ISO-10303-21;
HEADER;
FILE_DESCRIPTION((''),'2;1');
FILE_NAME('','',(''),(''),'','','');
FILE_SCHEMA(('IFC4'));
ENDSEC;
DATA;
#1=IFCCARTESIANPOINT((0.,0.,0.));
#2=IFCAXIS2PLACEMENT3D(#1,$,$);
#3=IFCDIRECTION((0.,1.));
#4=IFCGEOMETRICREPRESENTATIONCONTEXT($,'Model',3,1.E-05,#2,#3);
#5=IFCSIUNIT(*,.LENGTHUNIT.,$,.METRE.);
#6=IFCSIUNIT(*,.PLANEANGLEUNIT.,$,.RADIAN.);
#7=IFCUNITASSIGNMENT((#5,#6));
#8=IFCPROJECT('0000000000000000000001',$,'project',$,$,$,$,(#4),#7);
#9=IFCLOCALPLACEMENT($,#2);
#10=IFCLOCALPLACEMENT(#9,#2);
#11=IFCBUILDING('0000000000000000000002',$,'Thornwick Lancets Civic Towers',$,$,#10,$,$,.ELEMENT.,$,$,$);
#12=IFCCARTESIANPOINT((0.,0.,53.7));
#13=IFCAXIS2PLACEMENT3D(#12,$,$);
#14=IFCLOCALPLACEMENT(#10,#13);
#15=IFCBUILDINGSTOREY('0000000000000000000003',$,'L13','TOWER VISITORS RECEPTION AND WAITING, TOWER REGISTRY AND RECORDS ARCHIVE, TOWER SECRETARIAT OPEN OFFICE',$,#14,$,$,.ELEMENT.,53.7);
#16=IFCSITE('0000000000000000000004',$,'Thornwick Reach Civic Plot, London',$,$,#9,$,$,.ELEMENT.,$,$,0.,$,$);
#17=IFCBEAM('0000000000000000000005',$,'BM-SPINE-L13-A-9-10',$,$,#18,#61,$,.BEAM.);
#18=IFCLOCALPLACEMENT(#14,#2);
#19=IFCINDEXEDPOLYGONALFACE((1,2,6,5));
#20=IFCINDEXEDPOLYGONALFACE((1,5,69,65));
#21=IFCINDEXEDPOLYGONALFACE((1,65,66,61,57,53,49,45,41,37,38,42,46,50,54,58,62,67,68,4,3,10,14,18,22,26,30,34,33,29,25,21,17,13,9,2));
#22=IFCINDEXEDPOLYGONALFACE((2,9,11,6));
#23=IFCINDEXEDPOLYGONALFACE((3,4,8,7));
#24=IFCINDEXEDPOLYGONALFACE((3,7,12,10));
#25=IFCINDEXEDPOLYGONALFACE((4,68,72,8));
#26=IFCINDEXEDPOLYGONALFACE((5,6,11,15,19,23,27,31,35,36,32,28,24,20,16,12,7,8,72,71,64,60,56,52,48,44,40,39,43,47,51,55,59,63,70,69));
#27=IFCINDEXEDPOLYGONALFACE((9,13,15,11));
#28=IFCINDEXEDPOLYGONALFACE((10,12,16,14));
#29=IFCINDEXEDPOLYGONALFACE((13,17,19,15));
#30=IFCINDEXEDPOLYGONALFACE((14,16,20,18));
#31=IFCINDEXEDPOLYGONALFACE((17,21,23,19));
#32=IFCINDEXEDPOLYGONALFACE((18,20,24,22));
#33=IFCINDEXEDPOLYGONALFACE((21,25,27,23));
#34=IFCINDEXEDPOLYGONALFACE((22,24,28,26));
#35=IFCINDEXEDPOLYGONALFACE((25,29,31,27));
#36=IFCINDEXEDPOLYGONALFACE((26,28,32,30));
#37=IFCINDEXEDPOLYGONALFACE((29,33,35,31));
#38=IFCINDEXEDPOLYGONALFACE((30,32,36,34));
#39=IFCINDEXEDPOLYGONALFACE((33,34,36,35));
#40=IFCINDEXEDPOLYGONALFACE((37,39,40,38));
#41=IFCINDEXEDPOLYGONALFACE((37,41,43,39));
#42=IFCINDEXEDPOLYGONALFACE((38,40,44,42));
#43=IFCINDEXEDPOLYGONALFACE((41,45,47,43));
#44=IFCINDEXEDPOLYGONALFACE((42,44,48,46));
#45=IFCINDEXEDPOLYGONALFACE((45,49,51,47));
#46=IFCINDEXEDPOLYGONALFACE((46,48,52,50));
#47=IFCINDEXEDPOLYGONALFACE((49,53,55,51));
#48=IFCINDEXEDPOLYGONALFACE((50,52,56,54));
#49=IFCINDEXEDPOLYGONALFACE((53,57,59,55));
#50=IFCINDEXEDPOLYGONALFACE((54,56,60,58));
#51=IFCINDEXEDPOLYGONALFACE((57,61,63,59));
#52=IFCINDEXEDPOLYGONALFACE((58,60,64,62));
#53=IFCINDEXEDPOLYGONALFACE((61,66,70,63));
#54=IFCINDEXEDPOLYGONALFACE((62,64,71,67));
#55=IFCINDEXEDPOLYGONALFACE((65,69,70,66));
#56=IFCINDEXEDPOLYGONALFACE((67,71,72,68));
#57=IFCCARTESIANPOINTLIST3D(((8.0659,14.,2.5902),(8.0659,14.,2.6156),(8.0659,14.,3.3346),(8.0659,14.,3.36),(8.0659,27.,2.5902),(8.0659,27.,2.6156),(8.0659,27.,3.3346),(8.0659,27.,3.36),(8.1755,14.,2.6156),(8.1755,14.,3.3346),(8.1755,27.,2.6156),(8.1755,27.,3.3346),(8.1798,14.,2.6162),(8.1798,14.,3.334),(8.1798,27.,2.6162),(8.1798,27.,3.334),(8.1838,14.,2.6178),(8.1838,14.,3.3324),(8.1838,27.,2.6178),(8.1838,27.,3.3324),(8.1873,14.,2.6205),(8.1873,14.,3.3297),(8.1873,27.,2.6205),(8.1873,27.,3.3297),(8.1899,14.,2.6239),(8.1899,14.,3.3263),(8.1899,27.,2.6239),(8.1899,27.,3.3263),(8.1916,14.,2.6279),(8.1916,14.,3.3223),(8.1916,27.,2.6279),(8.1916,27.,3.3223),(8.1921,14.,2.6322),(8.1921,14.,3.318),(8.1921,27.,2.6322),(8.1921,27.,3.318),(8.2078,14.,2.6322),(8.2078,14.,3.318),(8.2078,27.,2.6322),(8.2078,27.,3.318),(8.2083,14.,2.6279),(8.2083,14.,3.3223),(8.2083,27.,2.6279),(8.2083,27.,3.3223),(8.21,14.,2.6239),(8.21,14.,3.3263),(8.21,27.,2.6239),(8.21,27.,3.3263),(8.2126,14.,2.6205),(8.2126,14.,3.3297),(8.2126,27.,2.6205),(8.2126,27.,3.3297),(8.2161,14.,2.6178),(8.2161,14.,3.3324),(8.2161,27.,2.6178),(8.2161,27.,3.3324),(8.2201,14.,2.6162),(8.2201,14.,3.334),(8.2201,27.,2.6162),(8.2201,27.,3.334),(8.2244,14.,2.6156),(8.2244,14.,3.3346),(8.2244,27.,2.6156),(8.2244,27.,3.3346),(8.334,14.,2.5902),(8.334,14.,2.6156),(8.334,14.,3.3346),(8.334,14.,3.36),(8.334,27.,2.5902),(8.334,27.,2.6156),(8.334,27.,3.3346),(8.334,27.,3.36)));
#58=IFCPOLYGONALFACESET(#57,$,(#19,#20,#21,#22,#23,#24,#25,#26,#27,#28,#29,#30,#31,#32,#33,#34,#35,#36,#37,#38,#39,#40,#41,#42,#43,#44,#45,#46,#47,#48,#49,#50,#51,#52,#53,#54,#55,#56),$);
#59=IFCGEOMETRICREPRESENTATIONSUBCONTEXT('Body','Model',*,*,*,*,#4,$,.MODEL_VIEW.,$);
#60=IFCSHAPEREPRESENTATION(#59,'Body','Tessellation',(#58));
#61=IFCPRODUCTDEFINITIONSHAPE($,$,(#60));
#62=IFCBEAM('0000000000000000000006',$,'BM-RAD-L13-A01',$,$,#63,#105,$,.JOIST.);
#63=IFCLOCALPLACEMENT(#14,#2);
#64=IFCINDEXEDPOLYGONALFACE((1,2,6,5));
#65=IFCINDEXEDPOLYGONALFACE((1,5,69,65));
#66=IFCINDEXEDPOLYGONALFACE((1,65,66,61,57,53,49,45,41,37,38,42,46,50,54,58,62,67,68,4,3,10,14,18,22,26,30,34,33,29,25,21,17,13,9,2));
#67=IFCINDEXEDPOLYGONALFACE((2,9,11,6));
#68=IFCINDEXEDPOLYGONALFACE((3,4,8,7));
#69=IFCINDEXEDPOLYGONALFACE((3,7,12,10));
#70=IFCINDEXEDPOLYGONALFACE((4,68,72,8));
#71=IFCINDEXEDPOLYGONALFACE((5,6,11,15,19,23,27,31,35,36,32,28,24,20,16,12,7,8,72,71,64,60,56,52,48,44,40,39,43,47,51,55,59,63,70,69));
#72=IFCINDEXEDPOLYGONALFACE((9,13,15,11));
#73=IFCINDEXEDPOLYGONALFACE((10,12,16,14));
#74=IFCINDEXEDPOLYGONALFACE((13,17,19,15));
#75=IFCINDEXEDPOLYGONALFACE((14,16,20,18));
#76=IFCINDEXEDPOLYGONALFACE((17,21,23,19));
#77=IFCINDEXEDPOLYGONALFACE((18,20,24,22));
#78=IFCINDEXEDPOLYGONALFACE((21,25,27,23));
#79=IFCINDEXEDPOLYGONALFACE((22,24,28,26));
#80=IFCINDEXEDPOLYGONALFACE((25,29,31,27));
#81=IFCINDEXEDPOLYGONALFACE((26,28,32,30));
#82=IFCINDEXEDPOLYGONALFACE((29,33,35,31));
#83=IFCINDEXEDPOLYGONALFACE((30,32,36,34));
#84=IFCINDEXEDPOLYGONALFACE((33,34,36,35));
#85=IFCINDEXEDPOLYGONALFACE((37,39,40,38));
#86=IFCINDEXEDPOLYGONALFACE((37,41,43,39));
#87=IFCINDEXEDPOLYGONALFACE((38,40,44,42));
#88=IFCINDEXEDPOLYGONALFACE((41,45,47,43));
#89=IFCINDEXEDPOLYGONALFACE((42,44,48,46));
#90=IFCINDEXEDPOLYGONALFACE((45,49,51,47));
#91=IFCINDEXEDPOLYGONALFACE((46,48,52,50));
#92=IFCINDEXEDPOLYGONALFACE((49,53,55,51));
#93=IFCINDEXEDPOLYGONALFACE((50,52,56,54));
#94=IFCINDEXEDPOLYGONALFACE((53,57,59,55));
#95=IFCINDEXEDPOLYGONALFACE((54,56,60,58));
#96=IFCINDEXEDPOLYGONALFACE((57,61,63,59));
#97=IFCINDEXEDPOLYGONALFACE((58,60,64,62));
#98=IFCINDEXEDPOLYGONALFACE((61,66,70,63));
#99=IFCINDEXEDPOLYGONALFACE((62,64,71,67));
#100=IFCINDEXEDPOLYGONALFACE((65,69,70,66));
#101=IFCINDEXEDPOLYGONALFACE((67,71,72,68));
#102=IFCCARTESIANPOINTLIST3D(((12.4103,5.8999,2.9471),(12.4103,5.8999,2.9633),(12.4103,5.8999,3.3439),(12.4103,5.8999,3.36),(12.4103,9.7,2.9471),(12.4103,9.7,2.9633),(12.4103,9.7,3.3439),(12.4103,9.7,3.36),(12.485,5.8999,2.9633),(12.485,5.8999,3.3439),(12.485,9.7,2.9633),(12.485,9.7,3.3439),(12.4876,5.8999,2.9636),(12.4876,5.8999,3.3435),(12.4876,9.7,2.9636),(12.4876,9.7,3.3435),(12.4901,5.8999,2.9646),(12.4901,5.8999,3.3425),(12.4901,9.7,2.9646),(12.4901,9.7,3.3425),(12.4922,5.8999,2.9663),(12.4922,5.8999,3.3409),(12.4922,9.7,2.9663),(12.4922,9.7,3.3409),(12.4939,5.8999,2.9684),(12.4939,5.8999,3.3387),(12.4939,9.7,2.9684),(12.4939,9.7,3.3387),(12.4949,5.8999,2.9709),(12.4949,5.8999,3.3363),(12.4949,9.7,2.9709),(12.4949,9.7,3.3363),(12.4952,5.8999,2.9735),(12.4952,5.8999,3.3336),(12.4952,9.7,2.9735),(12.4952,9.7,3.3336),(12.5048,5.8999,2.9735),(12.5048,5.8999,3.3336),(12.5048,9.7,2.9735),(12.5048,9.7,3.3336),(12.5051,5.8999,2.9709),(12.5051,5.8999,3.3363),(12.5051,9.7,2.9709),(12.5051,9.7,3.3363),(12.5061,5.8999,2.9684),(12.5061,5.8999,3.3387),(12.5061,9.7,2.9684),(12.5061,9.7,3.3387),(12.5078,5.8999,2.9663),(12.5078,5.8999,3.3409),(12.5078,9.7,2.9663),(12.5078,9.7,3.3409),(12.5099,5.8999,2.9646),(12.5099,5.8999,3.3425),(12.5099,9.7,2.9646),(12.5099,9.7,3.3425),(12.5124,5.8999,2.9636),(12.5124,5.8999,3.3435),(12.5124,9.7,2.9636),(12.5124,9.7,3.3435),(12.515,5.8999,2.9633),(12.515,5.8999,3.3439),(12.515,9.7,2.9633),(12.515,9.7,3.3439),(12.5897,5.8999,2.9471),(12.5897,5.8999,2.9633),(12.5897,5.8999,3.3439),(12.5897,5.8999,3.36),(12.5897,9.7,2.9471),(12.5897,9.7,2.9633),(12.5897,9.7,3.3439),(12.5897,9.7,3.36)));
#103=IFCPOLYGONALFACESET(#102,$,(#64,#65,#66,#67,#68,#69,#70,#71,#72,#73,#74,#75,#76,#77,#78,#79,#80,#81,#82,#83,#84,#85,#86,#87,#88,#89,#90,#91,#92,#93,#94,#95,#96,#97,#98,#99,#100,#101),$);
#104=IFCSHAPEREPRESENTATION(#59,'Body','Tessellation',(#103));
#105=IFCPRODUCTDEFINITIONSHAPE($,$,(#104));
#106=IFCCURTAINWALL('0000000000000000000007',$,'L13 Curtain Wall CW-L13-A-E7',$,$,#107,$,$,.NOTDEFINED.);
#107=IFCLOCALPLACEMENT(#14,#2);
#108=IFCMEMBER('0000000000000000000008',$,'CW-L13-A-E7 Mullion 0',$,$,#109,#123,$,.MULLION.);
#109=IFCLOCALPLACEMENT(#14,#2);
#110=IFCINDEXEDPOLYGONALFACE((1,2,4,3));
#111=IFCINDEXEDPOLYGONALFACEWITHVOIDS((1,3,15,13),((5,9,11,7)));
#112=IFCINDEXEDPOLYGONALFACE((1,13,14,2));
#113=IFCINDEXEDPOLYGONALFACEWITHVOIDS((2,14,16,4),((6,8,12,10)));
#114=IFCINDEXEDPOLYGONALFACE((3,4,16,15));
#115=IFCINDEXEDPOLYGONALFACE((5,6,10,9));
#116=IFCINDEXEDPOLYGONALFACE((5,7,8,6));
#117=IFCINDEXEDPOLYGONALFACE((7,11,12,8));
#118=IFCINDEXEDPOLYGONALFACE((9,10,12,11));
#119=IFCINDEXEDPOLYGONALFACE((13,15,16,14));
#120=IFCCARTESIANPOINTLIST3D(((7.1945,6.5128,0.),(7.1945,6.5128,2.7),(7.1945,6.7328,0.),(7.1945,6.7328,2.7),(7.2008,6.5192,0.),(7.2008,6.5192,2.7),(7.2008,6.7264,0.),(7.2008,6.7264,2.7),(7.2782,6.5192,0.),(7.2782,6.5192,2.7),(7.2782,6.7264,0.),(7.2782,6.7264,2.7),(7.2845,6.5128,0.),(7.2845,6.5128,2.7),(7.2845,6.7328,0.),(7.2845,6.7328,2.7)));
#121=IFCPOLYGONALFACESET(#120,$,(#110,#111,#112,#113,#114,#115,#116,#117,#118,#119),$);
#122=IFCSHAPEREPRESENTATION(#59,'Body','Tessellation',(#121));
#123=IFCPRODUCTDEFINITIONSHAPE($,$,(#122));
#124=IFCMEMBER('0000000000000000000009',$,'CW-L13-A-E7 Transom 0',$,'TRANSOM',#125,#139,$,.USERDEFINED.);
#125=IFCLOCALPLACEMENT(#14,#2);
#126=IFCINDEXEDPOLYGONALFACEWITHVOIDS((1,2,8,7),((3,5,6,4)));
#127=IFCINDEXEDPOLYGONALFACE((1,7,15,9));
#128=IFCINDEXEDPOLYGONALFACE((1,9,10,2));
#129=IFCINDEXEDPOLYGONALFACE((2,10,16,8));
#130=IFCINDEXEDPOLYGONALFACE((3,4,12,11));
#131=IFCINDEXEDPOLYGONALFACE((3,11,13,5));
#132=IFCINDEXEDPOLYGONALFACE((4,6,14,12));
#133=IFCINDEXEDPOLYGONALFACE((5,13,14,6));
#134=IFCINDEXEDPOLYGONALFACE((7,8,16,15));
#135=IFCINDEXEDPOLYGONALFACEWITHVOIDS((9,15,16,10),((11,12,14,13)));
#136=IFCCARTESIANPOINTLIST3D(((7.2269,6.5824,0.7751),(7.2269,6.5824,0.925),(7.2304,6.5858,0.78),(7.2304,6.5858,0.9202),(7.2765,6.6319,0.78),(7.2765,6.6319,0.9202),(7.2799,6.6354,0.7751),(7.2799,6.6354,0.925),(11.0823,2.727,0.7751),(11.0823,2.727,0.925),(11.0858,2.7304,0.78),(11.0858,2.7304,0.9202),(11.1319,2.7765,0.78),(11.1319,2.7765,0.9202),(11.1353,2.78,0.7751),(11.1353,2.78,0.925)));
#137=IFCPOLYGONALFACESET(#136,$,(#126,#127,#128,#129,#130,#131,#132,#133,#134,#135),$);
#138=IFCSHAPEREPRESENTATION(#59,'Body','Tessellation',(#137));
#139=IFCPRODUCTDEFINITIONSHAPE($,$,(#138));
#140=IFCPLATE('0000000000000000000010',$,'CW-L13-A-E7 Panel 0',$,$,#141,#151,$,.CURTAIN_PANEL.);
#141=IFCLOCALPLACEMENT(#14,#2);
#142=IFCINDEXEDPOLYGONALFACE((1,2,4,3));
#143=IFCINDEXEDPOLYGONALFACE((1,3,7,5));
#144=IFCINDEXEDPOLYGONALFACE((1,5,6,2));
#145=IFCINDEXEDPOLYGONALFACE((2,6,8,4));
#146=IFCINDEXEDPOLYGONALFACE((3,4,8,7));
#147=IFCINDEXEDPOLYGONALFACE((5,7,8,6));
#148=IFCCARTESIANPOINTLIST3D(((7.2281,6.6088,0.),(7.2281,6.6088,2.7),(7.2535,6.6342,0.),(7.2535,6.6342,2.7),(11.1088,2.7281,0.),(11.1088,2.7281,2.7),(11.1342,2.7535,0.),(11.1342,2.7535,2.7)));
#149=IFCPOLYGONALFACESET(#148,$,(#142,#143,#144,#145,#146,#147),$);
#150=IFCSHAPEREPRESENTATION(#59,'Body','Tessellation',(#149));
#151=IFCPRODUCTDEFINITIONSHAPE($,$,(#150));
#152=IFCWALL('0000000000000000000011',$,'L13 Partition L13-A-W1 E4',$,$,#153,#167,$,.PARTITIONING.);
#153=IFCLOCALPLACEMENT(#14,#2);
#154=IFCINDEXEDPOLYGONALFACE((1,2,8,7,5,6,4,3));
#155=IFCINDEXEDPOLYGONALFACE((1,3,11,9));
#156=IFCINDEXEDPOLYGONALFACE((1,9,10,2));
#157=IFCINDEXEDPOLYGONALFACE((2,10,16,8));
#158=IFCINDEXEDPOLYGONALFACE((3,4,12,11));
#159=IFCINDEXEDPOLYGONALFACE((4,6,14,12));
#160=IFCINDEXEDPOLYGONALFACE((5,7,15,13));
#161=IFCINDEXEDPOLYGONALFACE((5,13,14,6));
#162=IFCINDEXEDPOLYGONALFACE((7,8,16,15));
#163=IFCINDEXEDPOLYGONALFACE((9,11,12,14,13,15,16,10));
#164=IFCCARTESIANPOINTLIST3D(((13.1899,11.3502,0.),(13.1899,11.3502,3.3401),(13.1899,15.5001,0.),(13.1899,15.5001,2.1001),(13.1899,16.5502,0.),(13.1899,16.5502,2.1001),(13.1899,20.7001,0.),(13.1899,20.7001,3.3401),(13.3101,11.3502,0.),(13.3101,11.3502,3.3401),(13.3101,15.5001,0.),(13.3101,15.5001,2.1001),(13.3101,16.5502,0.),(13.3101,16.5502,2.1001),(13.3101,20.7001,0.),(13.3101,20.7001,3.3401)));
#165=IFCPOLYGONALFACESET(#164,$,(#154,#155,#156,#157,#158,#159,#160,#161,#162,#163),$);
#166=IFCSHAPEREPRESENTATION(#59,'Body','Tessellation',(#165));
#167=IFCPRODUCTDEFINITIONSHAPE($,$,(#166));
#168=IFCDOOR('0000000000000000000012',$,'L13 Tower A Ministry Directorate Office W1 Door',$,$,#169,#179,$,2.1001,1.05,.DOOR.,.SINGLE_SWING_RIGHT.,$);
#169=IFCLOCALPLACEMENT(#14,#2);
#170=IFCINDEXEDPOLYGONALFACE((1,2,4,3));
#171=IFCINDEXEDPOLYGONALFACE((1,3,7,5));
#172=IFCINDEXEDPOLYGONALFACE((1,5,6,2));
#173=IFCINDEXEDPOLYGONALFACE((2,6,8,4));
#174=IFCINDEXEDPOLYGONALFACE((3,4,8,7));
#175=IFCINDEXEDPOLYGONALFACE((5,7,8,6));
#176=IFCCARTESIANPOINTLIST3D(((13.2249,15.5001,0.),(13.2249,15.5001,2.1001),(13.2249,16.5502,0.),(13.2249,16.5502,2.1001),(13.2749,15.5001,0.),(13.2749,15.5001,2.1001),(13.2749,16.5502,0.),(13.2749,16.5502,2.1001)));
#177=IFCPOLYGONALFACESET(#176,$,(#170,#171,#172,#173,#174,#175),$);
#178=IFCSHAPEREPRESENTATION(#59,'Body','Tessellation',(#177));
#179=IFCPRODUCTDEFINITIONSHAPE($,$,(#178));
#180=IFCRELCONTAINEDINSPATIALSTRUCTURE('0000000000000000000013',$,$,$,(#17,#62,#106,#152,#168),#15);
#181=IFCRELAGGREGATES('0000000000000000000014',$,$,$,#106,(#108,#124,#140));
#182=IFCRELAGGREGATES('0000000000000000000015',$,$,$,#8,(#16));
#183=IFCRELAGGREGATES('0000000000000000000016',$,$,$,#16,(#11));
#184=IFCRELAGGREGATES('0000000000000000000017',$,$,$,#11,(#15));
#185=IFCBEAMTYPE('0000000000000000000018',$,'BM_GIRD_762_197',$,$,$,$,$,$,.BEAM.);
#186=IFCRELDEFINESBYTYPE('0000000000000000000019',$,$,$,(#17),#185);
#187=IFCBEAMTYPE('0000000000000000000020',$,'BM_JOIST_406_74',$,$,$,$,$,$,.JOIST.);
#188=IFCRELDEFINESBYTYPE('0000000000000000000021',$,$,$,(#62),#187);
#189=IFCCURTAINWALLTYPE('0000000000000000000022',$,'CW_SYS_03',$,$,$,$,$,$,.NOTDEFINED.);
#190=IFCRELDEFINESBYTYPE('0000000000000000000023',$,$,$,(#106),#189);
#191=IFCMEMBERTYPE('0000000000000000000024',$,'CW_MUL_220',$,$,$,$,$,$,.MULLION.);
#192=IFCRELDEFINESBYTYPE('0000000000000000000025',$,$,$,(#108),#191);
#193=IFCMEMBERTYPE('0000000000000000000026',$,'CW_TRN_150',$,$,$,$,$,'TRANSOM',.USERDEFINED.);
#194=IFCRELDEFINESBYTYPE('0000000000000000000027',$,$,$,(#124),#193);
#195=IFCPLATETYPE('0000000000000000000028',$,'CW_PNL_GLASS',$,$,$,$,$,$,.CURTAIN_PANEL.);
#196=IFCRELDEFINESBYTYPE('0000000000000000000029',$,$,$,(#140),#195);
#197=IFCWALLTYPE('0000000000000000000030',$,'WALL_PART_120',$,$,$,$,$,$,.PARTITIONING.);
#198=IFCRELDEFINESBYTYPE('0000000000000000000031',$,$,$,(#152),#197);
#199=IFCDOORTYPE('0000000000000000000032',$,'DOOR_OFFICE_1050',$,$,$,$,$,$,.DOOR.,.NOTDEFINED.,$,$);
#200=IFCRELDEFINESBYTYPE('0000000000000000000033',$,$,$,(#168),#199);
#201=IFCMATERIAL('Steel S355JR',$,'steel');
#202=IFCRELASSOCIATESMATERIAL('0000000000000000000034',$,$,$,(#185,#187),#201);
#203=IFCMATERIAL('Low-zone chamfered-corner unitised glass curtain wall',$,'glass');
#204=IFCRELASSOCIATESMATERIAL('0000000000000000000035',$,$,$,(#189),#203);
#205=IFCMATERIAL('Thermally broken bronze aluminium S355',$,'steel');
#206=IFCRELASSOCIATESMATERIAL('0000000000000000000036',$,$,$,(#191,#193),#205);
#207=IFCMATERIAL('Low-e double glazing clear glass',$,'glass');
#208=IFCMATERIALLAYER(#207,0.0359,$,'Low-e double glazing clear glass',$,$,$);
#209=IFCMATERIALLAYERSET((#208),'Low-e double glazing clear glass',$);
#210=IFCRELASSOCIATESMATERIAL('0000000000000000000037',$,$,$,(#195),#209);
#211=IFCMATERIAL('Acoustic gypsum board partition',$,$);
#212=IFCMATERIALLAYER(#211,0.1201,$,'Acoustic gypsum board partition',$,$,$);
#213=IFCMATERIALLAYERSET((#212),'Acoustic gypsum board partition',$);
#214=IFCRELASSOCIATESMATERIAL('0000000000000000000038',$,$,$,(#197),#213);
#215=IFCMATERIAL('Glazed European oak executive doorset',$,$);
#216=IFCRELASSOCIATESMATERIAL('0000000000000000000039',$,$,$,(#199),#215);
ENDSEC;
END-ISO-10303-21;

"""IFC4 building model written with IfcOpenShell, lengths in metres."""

from ifc_helpers import new_model, si_unit, direction, frame, frame_2d, origin, origin_2d, place, context, subcontext, project, spatial, rectangle, hollow_rectangle, i_section, extrude, material, layer, layer_set, material_profile, profile_set, type_object, element, fill, aggregate, save


model = new_model("IFC4")

# Units and contexts
model_context = context("Model", 3, precision=1e-05, world=origin(), true_north=direction((0.0, 1.0)))
body_context = subcontext(model_context, "Body", "Model", "MODEL_VIEW")
ifc_project = project(units=[si_unit("LENGTHUNIT", "METRE"), si_unit("PLANEANGLEUNIT", "RADIAN")], contexts=[model_context])

# Site, building, storey
site_placement = place(None, origin())
site = spatial("IfcSite", under=ifc_project, at=site_placement, Name="Thornwick Reach Civic Plot, London", CompositionType="ELEMENT", RefElevation=0.0)
building_placement = place(site_placement, origin())
building = spatial("IfcBuilding", under=site, at=building_placement, Name="Thornwick Lancets Civic Towers", CompositionType="ELEMENT")
storey_placement = place(building_placement, frame((0.0, 0.0, 53.7)))
storey = spatial("IfcBuildingStorey", under=building, at=storey_placement, Name="L13", Description="TOWER VISITORS RECEPTION AND WAITING, TOWER REGISTRY AND RECORDS ARCHIVE, TOWER SECRETARIAT OPEN OFFICE", CompositionType="ELEMENT", Elevation=53.7)

# Beams
ifc_material_1 = material(Name="Steel S355JR", Category="steel")
ifc_material_profile_1 = material_profile(ifc_material_1, i_section(OverallWidth=0.2681, OverallDepth=0.7698, WebThickness=0.0156, FlangeThickness=0.0254, FilletRadius=0.0166, at=origin_2d()), Name="UKB 762x267x197")
ifc_profile_set_1 = profile_set([ifc_material_profile_1], Name="Steel S355JR")
beam_type_1 = type_object("IfcBeamType", Name="BM_GIRD_762_197", PredefinedType="BEAM", material=ifc_profile_set_1)
for number, where, z_axis, x_axis, name in (
    (1, (8.2, 14.0, 2.9751), (0.0, 1.0, 0.0), (-1.0, 0.0, 0.0), "BM-SPINE-L13-A-9-10"),
):
    element("IfcBeam", number, at=place(storey_placement, frame(where, z_axis=z_axis, x_axis=x_axis)), inside=storey, type_object=beam_type_1, Name=name, PredefinedType="BEAM", context=body_context, shape_type="SweptSolid", body=[
        extrude(i_section(OverallWidth=0.2681, OverallDepth=0.7698, WebThickness=0.0156, FlangeThickness=0.0254, FilletRadius=0.0166, at=origin_2d()), origin(), (0.0, 0.0, 1.0), 13.0),
    ])
ifc_material_profile_2 = material_profile(ifc_material_1, i_section(OverallWidth=0.1794, OverallDepth=0.4128, WebThickness=0.0095, FlangeThickness=0.0161, FilletRadius=0.0103, at=origin_2d()), Name="UKB 406x178x74")
ifc_profile_set_2 = profile_set([ifc_material_profile_2], Name="Steel S355JR")
beam_type_2 = type_object("IfcBeamType", Name="BM_JOIST_406_74", PredefinedType="JOIST", material=ifc_profile_set_2)
beam_1_placement = place(storey_placement, frame((12.5, 9.7, 3.1536), z_axis=(0.0, -1.0, 0.0), x_axis=(1.0, 0.0, 0.0)))
element("IfcBeam", 2, at=beam_1_placement, inside=storey, type_object=beam_type_2, Name="BM-RAD-L13-A01", PredefinedType="JOIST", context=body_context, shape_type="SweptSolid", body=[
    extrude(i_section(OverallWidth=0.1794, OverallDepth=0.4128, WebThickness=0.0095, FlangeThickness=0.0161, FilletRadius=0.0103, at=origin_2d()), origin(), (0.0, 0.0, 1.0), 3.8),
])

# Curtain wall, members, plate
ifc_material_2 = material(Name="Low-zone chamfered-corner unitised glass curtain wall", Category="glass")
curtain_wall_type = type_object("IfcCurtainWallType", Name="CW_SYS_03", PredefinedType="NOTDEFINED", material=ifc_material_2)
curtain_wall_placement = place(storey_placement, origin())
curtain_wall = element("IfcCurtainWall", 3, at=curtain_wall_placement, inside=storey, type_object=curtain_wall_type, Name="L13 Curtain Wall CW-L13-A-E7", PredefinedType="NOTDEFINED")
ifc_material_3 = material(Name="Thermally broken bronze aluminium S355", Category="steel")
ifc_material_profile_3 = material_profile(ifc_material_3, hollow_rectangle(XDim=0.0901, YDim=0.22, WallThickness=0.0063, at=origin_2d()), Name="RHS 220x90x6.3")
ifc_profile_set_3 = profile_set([ifc_material_profile_3], Name="Thermally broken bronze aluminium S355")
member_type_1 = type_object("IfcMemberType", Name="CW_MUL_220", PredefinedType="MULLION", material=ifc_profile_set_3)
member_1_placement = place(storey_placement, frame((7.2395, 6.6228, 0.0), z_axis=(0.0, 0.0, 1.0), x_axis=(1.0, 0.0, 0.0)))
member_1 = element("IfcMember", 4, at=member_1_placement, type_object=member_type_1, Name="CW-L13-A-E7 Mullion 0", PredefinedType="MULLION", context=body_context, shape_type="SweptSolid", body=[
    extrude(hollow_rectangle(XDim=0.0901, YDim=0.22, WallThickness=0.0063, at=origin_2d()), origin(), (0.0, 0.0, 1.0), 2.7),
])
ifc_material_profile_4 = material_profile(ifc_material_3, hollow_rectangle(XDim=0.075, YDim=0.1499, WallThickness=0.0049, at=origin_2d()), Name="RHS 150x75x5")
ifc_profile_set_4 = profile_set([ifc_material_profile_4], Name="Thermally broken bronze aluminium S355")
member_type_2 = type_object("IfcMemberType", Name="CW_TRN_150", ElementType="TRANSOM", PredefinedType="USERDEFINED", material=ifc_profile_set_4)
member_2_placement = place(storey_placement, frame((7.2534, 6.6089, 0.8501), z_axis=(0.707107, -0.707107, 0.0), x_axis=(0.707107, 0.707107, 0.0)))
member_2 = element("IfcMember", 5, at=member_2_placement, type_object=member_type_2, Name="CW-L13-A-E7 Transom 0", ObjectType="TRANSOM", PredefinedType="USERDEFINED", context=body_context, shape_type="SweptSolid", body=[
    extrude(hollow_rectangle(XDim=0.075, YDim=0.1499, WallThickness=0.0049, at=origin_2d()), origin(), (0.0, 0.0, 1.0), 5.4524),
])
ifc_material_4 = material(Name="Low-e double glazing clear glass", Category="glass")
ifc_layer_1 = layer(ifc_material_4, 0.0359, Name="Low-e double glazing clear glass")
ifc_layer_set_1 = layer_set([ifc_layer_1], Name="Low-e double glazing clear glass")
plate_type = type_object("IfcPlateType", Name="CW_PNL_GLASS", PredefinedType="CURTAIN_PANEL", material=ifc_layer_set_1)
plate_placement = place(storey_placement, frame((9.1812, 4.6812, 0.0), z_axis=(0.0, 0.0, 1.0), x_axis=(0.707107, -0.707107, 0.0)))
plate = element("IfcPlate", 6, at=plate_placement, type_object=plate_type, Name="CW-L13-A-E7 Panel 0", PredefinedType="CURTAIN_PANEL", context=body_context, shape_type="SweptSolid", body=[
    extrude(rectangle(XDim=5.488, YDim=0.0359, at=origin_2d()), origin(), (0.0, 0.0, 1.0), 2.7),
])
aggregate(curtain_wall, [member_1, member_2, plate])

# Wall, opening, door
ifc_material_5 = material(Name="Acoustic gypsum board partition")
ifc_layer_2 = layer(ifc_material_5, 0.1201, Name="Acoustic gypsum board partition")
ifc_layer_set_2 = layer_set([ifc_layer_2], Name="Acoustic gypsum board partition")
wall_type = type_object("IfcWallType", Name="WALL_PART_120", PredefinedType="PARTITIONING", material=ifc_layer_set_2)
wall_1_placement = place(storey_placement, frame((13.25, 20.7, 0.0), z_axis=(0.0, 0.0, 1.0), x_axis=(0.0, -1.0, 0.0)))
wall_1 = element("IfcWall", 7, at=wall_1_placement, inside=storey, type_object=wall_type, Name="L13 Partition L13-A-W1 E4", PredefinedType="PARTITIONING", context=body_context, shape_type="SweptSolid", body=[
    extrude(rectangle(XDim=9.3499, YDim=0.1201, at=frame_2d((4.6748, 0.0))), origin(), (0.0, 0.0, 1.0), 3.3401),
])
opening_placement = place(wall_1_placement, frame((4.1499, 0.0, 0.0)))
opening = element("IfcOpeningElement", 8, at=opening_placement, cuts=wall_1, PredefinedType="OPENING", context=body_context, shape_type="SweptSolid", body=[
    extrude(rectangle(XDim=1.05, YDim=2.1001, at=frame_2d((0.5249, 1.05))), frame((0.0, 0.0701, 0.0), z_axis=(0.0, -1.0, 0.0), x_axis=(1.0, 0.0, 0.0)), (0.0, 0.0, 1.0), 0.1401),
])
ifc_material_6 = material(Name="Glazed European oak executive doorset")
door_type = type_object("IfcDoorType", Name="DOOR_OFFICE_1050", OperationType="NOTDEFINED", PredefinedType="DOOR", material=ifc_material_6)
door_placement = place(opening_placement, origin())
door = element("IfcDoor", 9, at=door_placement, inside=storey, type_object=door_type, Name="L13 Tower A Ministry Directorate Office W1 Door", OperationType="SINGLE_SWING_RIGHT", OverallHeight=2.1001, OverallWidth=1.05, PredefinedType="DOOR", context=body_context, shape_type="SweptSolid", body=[
    extrude(rectangle(XDim=1.05, YDim=2.1001, at=frame_2d((0.5249, 1.05))), frame((0.0, 0.0249, 0.0), z_axis=(0.0, -1.0, 0.0), x_axis=(1.0, 0.0, 0.0)), (0.0, 0.0, 1.0), 0.05),
])
fill(opening, door)

save(model, "model.ifc")
